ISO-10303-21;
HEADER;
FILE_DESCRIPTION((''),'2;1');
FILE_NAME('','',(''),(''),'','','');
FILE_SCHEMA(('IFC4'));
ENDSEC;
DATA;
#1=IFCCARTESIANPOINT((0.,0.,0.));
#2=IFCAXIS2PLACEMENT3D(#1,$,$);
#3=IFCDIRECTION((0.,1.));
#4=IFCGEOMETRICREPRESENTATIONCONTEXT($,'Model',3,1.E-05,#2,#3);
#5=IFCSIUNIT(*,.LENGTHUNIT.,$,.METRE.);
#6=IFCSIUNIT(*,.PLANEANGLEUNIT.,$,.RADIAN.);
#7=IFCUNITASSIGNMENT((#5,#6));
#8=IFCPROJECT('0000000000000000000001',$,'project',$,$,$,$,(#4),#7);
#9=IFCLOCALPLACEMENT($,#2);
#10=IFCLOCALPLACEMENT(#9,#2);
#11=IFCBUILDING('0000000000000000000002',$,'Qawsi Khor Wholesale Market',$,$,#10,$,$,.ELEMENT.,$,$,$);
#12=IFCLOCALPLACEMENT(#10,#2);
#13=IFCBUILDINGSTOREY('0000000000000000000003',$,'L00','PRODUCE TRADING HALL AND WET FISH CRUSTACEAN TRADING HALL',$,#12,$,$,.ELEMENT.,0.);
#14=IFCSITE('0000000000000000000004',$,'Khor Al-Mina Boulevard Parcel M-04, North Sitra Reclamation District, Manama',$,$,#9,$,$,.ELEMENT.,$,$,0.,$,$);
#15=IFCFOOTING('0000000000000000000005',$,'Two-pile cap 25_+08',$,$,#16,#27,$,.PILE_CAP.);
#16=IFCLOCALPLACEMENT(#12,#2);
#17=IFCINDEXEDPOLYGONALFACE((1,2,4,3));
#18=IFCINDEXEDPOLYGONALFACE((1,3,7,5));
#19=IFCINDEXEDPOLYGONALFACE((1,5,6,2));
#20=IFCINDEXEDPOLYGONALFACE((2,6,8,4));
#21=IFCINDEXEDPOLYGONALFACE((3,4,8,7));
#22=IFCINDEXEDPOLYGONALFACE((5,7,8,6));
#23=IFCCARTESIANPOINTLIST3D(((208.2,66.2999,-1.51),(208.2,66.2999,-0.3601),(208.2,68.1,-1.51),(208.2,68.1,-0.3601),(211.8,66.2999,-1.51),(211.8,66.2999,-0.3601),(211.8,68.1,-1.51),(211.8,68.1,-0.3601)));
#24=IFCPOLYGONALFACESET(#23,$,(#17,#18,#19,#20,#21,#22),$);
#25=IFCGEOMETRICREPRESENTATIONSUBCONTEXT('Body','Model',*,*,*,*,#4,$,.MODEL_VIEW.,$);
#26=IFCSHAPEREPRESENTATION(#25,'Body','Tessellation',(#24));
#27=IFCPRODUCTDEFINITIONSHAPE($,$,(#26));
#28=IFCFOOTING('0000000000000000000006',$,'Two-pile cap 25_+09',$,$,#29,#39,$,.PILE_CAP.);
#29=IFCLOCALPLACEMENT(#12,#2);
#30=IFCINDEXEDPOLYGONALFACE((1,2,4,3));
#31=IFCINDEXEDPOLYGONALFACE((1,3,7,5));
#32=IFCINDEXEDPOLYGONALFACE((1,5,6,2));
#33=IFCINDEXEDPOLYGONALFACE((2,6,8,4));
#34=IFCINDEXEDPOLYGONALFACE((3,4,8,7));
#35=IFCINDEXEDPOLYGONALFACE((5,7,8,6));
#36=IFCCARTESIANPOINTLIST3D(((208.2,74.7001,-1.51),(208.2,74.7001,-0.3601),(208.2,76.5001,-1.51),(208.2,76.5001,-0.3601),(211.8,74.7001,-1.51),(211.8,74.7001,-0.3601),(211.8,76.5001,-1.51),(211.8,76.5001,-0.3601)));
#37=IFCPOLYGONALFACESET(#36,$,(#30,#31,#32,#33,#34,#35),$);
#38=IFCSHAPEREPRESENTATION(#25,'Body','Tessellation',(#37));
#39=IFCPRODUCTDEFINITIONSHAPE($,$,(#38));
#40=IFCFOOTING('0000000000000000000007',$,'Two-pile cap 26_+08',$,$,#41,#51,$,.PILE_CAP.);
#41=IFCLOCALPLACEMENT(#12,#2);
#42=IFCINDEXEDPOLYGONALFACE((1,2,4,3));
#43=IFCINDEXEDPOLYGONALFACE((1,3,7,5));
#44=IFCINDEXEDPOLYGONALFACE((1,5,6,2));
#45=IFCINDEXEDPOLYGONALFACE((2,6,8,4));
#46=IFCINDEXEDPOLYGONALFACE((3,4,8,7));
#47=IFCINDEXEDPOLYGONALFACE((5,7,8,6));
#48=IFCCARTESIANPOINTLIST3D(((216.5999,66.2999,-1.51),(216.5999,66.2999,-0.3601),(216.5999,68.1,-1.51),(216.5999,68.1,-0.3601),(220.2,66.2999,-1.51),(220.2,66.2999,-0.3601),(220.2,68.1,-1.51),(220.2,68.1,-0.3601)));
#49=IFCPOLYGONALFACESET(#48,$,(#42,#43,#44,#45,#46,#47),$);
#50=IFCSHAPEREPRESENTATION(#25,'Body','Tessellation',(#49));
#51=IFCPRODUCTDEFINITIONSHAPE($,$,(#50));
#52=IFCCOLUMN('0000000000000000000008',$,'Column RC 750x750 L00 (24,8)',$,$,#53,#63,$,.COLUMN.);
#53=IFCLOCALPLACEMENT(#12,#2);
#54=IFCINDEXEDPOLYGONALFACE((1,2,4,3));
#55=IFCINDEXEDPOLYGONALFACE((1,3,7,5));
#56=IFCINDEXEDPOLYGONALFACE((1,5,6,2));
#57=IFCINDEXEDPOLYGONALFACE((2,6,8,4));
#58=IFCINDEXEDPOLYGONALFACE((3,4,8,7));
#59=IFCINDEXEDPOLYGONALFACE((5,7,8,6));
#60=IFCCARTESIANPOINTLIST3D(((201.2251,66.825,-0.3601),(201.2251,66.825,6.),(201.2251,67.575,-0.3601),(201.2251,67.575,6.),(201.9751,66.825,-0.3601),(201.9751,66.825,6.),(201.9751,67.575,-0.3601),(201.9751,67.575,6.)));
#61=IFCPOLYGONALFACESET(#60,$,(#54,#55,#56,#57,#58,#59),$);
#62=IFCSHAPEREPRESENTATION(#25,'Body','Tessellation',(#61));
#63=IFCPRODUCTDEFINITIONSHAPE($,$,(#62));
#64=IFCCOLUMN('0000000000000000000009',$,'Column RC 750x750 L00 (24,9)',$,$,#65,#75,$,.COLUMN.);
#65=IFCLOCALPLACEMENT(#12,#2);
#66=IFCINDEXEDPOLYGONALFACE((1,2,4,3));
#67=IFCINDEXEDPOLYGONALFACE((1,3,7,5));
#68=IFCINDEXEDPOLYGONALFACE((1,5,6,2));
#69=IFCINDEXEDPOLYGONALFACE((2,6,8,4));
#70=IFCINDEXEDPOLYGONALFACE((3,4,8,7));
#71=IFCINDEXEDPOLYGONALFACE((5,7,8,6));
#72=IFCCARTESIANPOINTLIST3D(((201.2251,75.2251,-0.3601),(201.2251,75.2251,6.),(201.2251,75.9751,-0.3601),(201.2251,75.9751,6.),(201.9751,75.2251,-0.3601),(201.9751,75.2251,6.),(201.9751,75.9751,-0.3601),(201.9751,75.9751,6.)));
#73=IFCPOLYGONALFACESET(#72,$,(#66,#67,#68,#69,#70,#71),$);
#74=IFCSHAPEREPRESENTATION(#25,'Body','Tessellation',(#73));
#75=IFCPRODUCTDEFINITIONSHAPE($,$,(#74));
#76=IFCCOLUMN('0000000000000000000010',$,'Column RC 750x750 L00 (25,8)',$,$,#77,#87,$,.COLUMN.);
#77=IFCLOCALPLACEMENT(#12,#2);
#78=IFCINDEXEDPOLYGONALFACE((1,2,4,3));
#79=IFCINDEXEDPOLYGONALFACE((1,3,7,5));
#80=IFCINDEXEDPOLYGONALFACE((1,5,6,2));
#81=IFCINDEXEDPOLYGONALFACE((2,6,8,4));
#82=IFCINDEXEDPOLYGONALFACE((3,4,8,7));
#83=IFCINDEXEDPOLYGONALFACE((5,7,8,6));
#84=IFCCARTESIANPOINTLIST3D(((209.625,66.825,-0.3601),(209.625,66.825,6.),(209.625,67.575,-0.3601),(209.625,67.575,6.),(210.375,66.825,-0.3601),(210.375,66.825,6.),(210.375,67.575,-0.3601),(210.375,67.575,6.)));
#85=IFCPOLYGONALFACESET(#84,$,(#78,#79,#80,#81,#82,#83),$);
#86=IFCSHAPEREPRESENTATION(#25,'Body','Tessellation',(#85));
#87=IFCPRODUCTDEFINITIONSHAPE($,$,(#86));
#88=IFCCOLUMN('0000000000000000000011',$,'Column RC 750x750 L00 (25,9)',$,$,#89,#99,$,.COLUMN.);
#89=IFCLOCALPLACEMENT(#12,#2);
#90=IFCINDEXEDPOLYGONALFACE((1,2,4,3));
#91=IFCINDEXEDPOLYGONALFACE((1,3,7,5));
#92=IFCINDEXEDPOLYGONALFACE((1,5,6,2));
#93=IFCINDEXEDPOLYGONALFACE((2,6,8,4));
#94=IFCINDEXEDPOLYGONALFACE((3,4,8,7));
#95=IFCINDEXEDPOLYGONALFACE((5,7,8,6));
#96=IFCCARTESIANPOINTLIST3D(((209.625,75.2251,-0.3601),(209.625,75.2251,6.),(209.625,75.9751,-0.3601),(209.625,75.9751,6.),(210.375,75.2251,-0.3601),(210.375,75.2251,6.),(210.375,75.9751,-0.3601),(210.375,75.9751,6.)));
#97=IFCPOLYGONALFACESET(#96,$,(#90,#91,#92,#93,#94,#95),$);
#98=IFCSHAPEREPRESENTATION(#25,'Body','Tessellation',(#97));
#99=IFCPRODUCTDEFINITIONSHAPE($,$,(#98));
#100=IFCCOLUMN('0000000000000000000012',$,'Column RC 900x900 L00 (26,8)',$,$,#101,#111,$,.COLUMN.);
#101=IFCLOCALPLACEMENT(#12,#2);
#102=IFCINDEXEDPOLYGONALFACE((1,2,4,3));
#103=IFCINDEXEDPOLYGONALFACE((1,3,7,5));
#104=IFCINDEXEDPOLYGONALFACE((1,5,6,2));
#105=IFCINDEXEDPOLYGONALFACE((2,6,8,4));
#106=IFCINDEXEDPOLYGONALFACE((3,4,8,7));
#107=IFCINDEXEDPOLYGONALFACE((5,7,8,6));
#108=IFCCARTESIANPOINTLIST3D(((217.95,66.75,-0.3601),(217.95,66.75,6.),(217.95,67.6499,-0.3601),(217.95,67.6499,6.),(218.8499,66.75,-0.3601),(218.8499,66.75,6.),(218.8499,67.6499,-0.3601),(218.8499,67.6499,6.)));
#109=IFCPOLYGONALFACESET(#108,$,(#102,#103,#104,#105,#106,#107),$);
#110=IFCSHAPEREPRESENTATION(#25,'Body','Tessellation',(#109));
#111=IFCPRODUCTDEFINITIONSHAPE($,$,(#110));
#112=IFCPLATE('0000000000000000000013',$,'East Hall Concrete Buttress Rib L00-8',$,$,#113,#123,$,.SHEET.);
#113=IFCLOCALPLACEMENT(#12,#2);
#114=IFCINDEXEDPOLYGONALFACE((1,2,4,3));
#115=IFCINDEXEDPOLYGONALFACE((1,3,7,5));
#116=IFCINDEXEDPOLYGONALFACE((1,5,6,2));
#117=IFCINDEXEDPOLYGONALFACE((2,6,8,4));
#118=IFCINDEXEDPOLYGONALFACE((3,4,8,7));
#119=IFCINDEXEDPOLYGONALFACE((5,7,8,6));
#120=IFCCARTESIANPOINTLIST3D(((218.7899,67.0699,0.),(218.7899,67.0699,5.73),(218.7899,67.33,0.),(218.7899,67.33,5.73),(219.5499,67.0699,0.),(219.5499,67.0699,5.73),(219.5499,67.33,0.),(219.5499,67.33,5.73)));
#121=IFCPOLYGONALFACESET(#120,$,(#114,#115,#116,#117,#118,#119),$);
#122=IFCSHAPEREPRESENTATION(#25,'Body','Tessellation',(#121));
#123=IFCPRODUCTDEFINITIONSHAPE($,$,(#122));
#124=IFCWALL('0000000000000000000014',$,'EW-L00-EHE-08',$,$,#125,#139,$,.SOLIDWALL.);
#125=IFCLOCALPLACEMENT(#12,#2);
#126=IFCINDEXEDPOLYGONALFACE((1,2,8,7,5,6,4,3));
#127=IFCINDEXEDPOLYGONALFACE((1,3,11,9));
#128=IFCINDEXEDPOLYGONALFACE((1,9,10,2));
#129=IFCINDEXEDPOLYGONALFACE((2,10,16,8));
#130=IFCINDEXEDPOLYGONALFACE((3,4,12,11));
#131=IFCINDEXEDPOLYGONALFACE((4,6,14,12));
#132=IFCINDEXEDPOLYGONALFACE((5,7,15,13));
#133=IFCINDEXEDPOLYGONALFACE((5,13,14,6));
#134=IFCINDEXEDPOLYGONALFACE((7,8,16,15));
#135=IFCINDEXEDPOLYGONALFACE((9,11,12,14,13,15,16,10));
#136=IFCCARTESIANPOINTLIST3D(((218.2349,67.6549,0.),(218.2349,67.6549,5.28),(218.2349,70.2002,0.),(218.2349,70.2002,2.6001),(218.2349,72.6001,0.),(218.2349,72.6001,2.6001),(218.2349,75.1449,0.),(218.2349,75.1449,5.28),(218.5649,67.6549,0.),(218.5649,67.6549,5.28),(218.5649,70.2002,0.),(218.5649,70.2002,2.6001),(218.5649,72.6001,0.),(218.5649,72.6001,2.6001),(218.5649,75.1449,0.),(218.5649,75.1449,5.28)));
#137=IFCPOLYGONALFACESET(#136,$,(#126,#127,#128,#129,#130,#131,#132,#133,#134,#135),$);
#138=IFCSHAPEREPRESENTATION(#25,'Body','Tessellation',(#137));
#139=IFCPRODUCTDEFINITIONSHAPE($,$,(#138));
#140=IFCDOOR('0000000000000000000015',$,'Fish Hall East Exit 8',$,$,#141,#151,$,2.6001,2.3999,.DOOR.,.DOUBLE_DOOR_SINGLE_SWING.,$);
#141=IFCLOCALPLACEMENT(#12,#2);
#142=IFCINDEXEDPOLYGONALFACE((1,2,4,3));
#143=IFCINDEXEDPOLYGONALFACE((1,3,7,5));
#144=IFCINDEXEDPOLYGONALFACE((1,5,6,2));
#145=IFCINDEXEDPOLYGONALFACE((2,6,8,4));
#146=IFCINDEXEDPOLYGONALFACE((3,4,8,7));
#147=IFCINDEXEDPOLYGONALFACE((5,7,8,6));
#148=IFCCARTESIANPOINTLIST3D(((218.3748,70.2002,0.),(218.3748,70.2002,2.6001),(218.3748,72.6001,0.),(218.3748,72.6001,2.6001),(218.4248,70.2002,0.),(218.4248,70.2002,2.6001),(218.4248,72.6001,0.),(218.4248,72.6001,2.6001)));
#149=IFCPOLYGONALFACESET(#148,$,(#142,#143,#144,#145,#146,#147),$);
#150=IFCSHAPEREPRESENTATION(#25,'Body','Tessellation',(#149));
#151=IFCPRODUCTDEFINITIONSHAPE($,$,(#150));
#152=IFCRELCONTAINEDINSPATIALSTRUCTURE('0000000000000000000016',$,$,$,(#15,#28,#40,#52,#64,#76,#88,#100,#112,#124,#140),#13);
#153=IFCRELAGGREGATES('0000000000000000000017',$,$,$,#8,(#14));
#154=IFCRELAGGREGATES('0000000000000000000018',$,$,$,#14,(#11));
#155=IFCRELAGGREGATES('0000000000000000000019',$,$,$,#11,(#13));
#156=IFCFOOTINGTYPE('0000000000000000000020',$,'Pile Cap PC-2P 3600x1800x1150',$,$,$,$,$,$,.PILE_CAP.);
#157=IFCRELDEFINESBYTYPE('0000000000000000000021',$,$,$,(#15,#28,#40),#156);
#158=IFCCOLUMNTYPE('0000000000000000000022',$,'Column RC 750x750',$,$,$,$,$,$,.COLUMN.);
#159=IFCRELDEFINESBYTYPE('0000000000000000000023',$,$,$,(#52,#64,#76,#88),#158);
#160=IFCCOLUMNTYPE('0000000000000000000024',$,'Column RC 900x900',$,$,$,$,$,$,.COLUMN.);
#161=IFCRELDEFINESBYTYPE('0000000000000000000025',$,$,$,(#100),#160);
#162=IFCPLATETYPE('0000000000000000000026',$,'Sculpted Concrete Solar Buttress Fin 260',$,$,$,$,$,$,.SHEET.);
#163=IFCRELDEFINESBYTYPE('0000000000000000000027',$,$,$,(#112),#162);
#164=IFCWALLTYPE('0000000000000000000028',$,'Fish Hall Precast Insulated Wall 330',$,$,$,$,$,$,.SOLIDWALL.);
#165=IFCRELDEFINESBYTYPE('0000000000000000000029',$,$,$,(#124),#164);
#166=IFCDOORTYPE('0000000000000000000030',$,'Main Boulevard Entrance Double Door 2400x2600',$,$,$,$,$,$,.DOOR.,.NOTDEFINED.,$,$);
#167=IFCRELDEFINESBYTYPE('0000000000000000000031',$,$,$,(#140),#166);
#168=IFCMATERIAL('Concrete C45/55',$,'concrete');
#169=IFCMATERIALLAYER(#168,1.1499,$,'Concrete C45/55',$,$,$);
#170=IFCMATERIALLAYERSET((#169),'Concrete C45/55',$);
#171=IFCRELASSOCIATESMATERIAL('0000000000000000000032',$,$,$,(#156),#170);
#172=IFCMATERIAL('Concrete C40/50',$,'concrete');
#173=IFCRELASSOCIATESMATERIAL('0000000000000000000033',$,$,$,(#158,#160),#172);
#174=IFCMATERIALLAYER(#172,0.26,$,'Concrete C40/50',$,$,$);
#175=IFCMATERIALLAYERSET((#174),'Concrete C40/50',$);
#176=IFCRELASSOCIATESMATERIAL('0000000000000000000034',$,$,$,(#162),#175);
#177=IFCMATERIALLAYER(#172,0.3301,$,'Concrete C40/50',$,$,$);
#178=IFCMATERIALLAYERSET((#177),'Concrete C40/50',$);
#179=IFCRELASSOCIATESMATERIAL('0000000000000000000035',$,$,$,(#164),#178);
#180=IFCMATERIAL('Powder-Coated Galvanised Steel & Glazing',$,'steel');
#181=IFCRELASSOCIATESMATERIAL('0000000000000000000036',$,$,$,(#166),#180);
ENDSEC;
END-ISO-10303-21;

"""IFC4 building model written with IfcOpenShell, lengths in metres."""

from ifc_helpers import new_model, si_unit, direction, frame, frame_2d, origin, origin_2d, place, context, subcontext, project, spatial, rectangle, extrude, material, layer, layer_set, material_profile, profile_set, type_object, element, fill, save


model = new_model("IFC4")

# Units and contexts
model_context = context("Model", 3, precision=1e-05, world=origin(), true_north=direction((0.0, 1.0)))
body_context = subcontext(model_context, "Body", "Model", "MODEL_VIEW")
ifc_project = project(units=[si_unit("LENGTHUNIT", "METRE"), si_unit("PLANEANGLEUNIT", "RADIAN")], contexts=[model_context])

# Site, building, storey
site_placement = place(None, origin())
site = spatial("IfcSite", under=ifc_project, at=site_placement, Name="Khor Al-Mina Boulevard Parcel M-04, North Sitra Reclamation District, Manama", CompositionType="ELEMENT", RefElevation=0.0)
building_placement = place(site_placement, origin())
building = spatial("IfcBuilding", under=site, at=building_placement, Name="Qawsi Khor Wholesale Market", CompositionType="ELEMENT")
storey_placement = place(building_placement, origin())
storey = spatial("IfcBuildingStorey", under=building, at=storey_placement, Name="L00", Description="PRODUCE TRADING HALL AND WET FISH CRUSTACEAN TRADING HALL", CompositionType="ELEMENT", Elevation=0.0)

# Shared definitions
ifc_material_1 = material(Name="Concrete C45/55", Category="concrete")

# Footings
ifc_layer_1 = layer(ifc_material_1, 1.1499, Name="Concrete C45/55")
ifc_layer_set_1 = layer_set([ifc_layer_1], Name="Concrete C45/55")
footing_type_1 = type_object("IfcFootingType", Name="Pile Cap PC-2P 3600x1800x1150", PredefinedType="PILE_CAP", material=ifc_layer_set_1)
for number, where, z_axis, x_axis, name in (
    (1, (210.0, 67.2, -1.51), (0.0, 0.0, 1.0), (1.0, 0.0, 0.0), "Two-pile cap 25_+08"),
    (2, (210.0, 75.6001, -1.51), (0.0, 0.0, 1.0), (1.0, 0.0, 0.0), "Two-pile cap 25_+09"),
    (3, (218.3999, 67.2, -1.51), (0.0, 0.0, 1.0), (1.0, 0.0, 0.0), "Two-pile cap 26_+08"),
):
    element("IfcFooting", number, at=place(storey_placement, frame(where, z_axis=z_axis, x_axis=x_axis)), inside=storey, type_object=footing_type_1, Name=name, PredefinedType="PILE_CAP", context=body_context, shape_type="SweptSolid", body=[
        extrude(rectangle(XDim=3.6001, YDim=1.8, at=origin_2d()), origin(), (0.0, 0.0, 1.0), 1.1499),
    ])

# Columns
ifc_material_2 = material(Name="Concrete C40/50", Category="concrete")
ifc_material_profile_1 = material_profile(ifc_material_2, rectangle(XDim=0.75, YDim=0.75, at=origin_2d()), Name="RC 750x750")
ifc_profile_set_1 = profile_set([ifc_material_profile_1], Name="Concrete C40/50")
column_type_1 = type_object("IfcColumnType", Name="Column RC 750x750", PredefinedType="COLUMN", material=ifc_profile_set_1)
for number, where, z_axis, x_axis, name in (
    (4, (201.6001, 67.2, -0.3601), (0.0, 0.0, 1.0), (1.0, 0.0, 0.0), "Column RC 750x750 L00 (24,8)"),
    (5, (201.6001, 75.6001, -0.3601), (0.0, 0.0, 1.0), (1.0, 0.0, 0.0), "Column RC 750x750 L00 (24,9)"),
    (6, (210.0, 67.2, -0.3601), (0.0, 0.0, 1.0), (1.0, 0.0, 0.0), "Column RC 750x750 L00 (25,8)"),
    (7, (210.0, 75.6001, -0.3601), (0.0, 0.0, 1.0), (1.0, 0.0, 0.0), "Column RC 750x750 L00 (25,9)"),
):
    element("IfcColumn", number, at=place(storey_placement, frame(where, z_axis=z_axis, x_axis=x_axis)), inside=storey, type_object=column_type_1, Name=name, PredefinedType="COLUMN", context=body_context, shape_type="SweptSolid", body=[
        extrude(rectangle(XDim=0.75, YDim=0.75, at=origin_2d()), origin(), (0.0, 0.0, 1.0), 6.3601),
    ])
ifc_material_profile_2 = material_profile(ifc_material_2, rectangle(XDim=0.8999, YDim=0.8999, at=origin_2d()), Name="RC 900x900")
ifc_profile_set_2 = profile_set([ifc_material_profile_2], Name="Concrete C40/50")
column_type_2 = type_object("IfcColumnType", Name="Column RC 900x900", PredefinedType="COLUMN", material=ifc_profile_set_2)
column_placement = place(storey_placement, frame((218.3999, 67.2, -0.3601), z_axis=(0.0, 0.0, 1.0), x_axis=(1.0, 0.0, 0.0)))
element("IfcColumn", 8, at=column_placement, inside=storey, type_object=column_type_2, Name="Column RC 900x900 L00 (26,8)", PredefinedType="COLUMN", context=body_context, shape_type="SweptSolid", body=[
    extrude(rectangle(XDim=0.8999, YDim=0.8999, at=origin_2d()), origin(), (0.0, 0.0, 1.0), 6.3601),
])

# Plate
ifc_layer_2 = layer(ifc_material_2, 0.26, Name="Concrete C40/50")
ifc_layer_set_2 = layer_set([ifc_layer_2], Name="Concrete C40/50")
plate_type = type_object("IfcPlateType", Name="Sculpted Concrete Solar Buttress Fin 260", PredefinedType="SHEET", material=ifc_layer_set_2)
plate_placement = place(storey_placement, frame((218.79, 67.2, 0.0), z_axis=(0.0, 0.0, 1.0), x_axis=(1.0, 0.0, 0.0)))
element("IfcPlate", 9, at=plate_placement, inside=storey, type_object=plate_type, Name="East Hall Concrete Buttress Rib L00-8", PredefinedType="SHEET", context=body_context, shape_type="SweptSolid", body=[
    extrude(rectangle(XDim=0.76, YDim=0.26, at=frame_2d((0.3799, 0.0))), origin(), (0.0, 0.0, 1.0), 5.73),
])

# Wall, opening, door
ifc_layer_3 = layer(ifc_material_2, 0.3301, Name="Concrete C40/50")
ifc_layer_set_3 = layer_set([ifc_layer_3], Name="Concrete C40/50")
wall_type = type_object("IfcWallType", Name="Fish Hall Precast Insulated Wall 330", PredefinedType="SOLIDWALL", material=ifc_layer_set_3)
wall_placement = place(storey_placement, frame((218.3999, 75.145, 0.0), z_axis=(0.0, 0.0, 1.0), x_axis=(0.0, -1.0, 0.0)))
wall = element("IfcWall", 10, at=wall_placement, inside=storey, type_object=wall_type, Name="EW-L00-EHE-08", PredefinedType="SOLIDWALL", context=body_context, shape_type="SweptSolid", body=[
    extrude(rectangle(XDim=7.49, YDim=0.3301, at=frame_2d((3.7451, 0.0))), origin(), (0.0, 0.0, 1.0), 5.28),
])
opening_placement = place(wall_placement, frame((2.5449, 0.0, 0.0)))
opening = element("IfcOpeningElement", 11, at=opening_placement, cuts=wall, PredefinedType="OPENING", context=body_context, shape_type="SweptSolid", body=[
    extrude(rectangle(XDim=2.3999, YDim=2.6001, at=frame_2d((1.2, 1.3))), frame((0.0, 0.175, 0.0), z_axis=(0.0, -1.0, 0.0), x_axis=(1.0, 0.0, 0.0)), (0.0, 0.0, 1.0), 0.3501),
])
ifc_material_3 = material(Name="Powder-Coated Galvanised Steel & Glazing", Category="steel")
door_type = type_object("IfcDoorType", Name="Main Boulevard Entrance Double Door 2400x2600", OperationType="NOTDEFINED", PredefinedType="DOOR", material=ifc_material_3)
door_placement = place(opening_placement, origin())
door = element("IfcDoor", 12, at=door_placement, inside=storey, type_object=door_type, Name="Fish Hall East Exit 8", OperationType="DOUBLE_DOOR_SINGLE_SWING", OverallHeight=2.6001, OverallWidth=2.3999, PredefinedType="DOOR", context=body_context, shape_type="SweptSolid", body=[
    extrude(rectangle(XDim=2.3999, YDim=2.6001, at=frame_2d((1.2, 1.3))), frame((0.0, 0.0249, 0.0), z_axis=(0.0, -1.0, 0.0), x_axis=(1.0, 0.0, 0.0)), (0.0, 0.0, 1.0), 0.05),
])
fill(opening, door)

save(model, "model.ifc")
